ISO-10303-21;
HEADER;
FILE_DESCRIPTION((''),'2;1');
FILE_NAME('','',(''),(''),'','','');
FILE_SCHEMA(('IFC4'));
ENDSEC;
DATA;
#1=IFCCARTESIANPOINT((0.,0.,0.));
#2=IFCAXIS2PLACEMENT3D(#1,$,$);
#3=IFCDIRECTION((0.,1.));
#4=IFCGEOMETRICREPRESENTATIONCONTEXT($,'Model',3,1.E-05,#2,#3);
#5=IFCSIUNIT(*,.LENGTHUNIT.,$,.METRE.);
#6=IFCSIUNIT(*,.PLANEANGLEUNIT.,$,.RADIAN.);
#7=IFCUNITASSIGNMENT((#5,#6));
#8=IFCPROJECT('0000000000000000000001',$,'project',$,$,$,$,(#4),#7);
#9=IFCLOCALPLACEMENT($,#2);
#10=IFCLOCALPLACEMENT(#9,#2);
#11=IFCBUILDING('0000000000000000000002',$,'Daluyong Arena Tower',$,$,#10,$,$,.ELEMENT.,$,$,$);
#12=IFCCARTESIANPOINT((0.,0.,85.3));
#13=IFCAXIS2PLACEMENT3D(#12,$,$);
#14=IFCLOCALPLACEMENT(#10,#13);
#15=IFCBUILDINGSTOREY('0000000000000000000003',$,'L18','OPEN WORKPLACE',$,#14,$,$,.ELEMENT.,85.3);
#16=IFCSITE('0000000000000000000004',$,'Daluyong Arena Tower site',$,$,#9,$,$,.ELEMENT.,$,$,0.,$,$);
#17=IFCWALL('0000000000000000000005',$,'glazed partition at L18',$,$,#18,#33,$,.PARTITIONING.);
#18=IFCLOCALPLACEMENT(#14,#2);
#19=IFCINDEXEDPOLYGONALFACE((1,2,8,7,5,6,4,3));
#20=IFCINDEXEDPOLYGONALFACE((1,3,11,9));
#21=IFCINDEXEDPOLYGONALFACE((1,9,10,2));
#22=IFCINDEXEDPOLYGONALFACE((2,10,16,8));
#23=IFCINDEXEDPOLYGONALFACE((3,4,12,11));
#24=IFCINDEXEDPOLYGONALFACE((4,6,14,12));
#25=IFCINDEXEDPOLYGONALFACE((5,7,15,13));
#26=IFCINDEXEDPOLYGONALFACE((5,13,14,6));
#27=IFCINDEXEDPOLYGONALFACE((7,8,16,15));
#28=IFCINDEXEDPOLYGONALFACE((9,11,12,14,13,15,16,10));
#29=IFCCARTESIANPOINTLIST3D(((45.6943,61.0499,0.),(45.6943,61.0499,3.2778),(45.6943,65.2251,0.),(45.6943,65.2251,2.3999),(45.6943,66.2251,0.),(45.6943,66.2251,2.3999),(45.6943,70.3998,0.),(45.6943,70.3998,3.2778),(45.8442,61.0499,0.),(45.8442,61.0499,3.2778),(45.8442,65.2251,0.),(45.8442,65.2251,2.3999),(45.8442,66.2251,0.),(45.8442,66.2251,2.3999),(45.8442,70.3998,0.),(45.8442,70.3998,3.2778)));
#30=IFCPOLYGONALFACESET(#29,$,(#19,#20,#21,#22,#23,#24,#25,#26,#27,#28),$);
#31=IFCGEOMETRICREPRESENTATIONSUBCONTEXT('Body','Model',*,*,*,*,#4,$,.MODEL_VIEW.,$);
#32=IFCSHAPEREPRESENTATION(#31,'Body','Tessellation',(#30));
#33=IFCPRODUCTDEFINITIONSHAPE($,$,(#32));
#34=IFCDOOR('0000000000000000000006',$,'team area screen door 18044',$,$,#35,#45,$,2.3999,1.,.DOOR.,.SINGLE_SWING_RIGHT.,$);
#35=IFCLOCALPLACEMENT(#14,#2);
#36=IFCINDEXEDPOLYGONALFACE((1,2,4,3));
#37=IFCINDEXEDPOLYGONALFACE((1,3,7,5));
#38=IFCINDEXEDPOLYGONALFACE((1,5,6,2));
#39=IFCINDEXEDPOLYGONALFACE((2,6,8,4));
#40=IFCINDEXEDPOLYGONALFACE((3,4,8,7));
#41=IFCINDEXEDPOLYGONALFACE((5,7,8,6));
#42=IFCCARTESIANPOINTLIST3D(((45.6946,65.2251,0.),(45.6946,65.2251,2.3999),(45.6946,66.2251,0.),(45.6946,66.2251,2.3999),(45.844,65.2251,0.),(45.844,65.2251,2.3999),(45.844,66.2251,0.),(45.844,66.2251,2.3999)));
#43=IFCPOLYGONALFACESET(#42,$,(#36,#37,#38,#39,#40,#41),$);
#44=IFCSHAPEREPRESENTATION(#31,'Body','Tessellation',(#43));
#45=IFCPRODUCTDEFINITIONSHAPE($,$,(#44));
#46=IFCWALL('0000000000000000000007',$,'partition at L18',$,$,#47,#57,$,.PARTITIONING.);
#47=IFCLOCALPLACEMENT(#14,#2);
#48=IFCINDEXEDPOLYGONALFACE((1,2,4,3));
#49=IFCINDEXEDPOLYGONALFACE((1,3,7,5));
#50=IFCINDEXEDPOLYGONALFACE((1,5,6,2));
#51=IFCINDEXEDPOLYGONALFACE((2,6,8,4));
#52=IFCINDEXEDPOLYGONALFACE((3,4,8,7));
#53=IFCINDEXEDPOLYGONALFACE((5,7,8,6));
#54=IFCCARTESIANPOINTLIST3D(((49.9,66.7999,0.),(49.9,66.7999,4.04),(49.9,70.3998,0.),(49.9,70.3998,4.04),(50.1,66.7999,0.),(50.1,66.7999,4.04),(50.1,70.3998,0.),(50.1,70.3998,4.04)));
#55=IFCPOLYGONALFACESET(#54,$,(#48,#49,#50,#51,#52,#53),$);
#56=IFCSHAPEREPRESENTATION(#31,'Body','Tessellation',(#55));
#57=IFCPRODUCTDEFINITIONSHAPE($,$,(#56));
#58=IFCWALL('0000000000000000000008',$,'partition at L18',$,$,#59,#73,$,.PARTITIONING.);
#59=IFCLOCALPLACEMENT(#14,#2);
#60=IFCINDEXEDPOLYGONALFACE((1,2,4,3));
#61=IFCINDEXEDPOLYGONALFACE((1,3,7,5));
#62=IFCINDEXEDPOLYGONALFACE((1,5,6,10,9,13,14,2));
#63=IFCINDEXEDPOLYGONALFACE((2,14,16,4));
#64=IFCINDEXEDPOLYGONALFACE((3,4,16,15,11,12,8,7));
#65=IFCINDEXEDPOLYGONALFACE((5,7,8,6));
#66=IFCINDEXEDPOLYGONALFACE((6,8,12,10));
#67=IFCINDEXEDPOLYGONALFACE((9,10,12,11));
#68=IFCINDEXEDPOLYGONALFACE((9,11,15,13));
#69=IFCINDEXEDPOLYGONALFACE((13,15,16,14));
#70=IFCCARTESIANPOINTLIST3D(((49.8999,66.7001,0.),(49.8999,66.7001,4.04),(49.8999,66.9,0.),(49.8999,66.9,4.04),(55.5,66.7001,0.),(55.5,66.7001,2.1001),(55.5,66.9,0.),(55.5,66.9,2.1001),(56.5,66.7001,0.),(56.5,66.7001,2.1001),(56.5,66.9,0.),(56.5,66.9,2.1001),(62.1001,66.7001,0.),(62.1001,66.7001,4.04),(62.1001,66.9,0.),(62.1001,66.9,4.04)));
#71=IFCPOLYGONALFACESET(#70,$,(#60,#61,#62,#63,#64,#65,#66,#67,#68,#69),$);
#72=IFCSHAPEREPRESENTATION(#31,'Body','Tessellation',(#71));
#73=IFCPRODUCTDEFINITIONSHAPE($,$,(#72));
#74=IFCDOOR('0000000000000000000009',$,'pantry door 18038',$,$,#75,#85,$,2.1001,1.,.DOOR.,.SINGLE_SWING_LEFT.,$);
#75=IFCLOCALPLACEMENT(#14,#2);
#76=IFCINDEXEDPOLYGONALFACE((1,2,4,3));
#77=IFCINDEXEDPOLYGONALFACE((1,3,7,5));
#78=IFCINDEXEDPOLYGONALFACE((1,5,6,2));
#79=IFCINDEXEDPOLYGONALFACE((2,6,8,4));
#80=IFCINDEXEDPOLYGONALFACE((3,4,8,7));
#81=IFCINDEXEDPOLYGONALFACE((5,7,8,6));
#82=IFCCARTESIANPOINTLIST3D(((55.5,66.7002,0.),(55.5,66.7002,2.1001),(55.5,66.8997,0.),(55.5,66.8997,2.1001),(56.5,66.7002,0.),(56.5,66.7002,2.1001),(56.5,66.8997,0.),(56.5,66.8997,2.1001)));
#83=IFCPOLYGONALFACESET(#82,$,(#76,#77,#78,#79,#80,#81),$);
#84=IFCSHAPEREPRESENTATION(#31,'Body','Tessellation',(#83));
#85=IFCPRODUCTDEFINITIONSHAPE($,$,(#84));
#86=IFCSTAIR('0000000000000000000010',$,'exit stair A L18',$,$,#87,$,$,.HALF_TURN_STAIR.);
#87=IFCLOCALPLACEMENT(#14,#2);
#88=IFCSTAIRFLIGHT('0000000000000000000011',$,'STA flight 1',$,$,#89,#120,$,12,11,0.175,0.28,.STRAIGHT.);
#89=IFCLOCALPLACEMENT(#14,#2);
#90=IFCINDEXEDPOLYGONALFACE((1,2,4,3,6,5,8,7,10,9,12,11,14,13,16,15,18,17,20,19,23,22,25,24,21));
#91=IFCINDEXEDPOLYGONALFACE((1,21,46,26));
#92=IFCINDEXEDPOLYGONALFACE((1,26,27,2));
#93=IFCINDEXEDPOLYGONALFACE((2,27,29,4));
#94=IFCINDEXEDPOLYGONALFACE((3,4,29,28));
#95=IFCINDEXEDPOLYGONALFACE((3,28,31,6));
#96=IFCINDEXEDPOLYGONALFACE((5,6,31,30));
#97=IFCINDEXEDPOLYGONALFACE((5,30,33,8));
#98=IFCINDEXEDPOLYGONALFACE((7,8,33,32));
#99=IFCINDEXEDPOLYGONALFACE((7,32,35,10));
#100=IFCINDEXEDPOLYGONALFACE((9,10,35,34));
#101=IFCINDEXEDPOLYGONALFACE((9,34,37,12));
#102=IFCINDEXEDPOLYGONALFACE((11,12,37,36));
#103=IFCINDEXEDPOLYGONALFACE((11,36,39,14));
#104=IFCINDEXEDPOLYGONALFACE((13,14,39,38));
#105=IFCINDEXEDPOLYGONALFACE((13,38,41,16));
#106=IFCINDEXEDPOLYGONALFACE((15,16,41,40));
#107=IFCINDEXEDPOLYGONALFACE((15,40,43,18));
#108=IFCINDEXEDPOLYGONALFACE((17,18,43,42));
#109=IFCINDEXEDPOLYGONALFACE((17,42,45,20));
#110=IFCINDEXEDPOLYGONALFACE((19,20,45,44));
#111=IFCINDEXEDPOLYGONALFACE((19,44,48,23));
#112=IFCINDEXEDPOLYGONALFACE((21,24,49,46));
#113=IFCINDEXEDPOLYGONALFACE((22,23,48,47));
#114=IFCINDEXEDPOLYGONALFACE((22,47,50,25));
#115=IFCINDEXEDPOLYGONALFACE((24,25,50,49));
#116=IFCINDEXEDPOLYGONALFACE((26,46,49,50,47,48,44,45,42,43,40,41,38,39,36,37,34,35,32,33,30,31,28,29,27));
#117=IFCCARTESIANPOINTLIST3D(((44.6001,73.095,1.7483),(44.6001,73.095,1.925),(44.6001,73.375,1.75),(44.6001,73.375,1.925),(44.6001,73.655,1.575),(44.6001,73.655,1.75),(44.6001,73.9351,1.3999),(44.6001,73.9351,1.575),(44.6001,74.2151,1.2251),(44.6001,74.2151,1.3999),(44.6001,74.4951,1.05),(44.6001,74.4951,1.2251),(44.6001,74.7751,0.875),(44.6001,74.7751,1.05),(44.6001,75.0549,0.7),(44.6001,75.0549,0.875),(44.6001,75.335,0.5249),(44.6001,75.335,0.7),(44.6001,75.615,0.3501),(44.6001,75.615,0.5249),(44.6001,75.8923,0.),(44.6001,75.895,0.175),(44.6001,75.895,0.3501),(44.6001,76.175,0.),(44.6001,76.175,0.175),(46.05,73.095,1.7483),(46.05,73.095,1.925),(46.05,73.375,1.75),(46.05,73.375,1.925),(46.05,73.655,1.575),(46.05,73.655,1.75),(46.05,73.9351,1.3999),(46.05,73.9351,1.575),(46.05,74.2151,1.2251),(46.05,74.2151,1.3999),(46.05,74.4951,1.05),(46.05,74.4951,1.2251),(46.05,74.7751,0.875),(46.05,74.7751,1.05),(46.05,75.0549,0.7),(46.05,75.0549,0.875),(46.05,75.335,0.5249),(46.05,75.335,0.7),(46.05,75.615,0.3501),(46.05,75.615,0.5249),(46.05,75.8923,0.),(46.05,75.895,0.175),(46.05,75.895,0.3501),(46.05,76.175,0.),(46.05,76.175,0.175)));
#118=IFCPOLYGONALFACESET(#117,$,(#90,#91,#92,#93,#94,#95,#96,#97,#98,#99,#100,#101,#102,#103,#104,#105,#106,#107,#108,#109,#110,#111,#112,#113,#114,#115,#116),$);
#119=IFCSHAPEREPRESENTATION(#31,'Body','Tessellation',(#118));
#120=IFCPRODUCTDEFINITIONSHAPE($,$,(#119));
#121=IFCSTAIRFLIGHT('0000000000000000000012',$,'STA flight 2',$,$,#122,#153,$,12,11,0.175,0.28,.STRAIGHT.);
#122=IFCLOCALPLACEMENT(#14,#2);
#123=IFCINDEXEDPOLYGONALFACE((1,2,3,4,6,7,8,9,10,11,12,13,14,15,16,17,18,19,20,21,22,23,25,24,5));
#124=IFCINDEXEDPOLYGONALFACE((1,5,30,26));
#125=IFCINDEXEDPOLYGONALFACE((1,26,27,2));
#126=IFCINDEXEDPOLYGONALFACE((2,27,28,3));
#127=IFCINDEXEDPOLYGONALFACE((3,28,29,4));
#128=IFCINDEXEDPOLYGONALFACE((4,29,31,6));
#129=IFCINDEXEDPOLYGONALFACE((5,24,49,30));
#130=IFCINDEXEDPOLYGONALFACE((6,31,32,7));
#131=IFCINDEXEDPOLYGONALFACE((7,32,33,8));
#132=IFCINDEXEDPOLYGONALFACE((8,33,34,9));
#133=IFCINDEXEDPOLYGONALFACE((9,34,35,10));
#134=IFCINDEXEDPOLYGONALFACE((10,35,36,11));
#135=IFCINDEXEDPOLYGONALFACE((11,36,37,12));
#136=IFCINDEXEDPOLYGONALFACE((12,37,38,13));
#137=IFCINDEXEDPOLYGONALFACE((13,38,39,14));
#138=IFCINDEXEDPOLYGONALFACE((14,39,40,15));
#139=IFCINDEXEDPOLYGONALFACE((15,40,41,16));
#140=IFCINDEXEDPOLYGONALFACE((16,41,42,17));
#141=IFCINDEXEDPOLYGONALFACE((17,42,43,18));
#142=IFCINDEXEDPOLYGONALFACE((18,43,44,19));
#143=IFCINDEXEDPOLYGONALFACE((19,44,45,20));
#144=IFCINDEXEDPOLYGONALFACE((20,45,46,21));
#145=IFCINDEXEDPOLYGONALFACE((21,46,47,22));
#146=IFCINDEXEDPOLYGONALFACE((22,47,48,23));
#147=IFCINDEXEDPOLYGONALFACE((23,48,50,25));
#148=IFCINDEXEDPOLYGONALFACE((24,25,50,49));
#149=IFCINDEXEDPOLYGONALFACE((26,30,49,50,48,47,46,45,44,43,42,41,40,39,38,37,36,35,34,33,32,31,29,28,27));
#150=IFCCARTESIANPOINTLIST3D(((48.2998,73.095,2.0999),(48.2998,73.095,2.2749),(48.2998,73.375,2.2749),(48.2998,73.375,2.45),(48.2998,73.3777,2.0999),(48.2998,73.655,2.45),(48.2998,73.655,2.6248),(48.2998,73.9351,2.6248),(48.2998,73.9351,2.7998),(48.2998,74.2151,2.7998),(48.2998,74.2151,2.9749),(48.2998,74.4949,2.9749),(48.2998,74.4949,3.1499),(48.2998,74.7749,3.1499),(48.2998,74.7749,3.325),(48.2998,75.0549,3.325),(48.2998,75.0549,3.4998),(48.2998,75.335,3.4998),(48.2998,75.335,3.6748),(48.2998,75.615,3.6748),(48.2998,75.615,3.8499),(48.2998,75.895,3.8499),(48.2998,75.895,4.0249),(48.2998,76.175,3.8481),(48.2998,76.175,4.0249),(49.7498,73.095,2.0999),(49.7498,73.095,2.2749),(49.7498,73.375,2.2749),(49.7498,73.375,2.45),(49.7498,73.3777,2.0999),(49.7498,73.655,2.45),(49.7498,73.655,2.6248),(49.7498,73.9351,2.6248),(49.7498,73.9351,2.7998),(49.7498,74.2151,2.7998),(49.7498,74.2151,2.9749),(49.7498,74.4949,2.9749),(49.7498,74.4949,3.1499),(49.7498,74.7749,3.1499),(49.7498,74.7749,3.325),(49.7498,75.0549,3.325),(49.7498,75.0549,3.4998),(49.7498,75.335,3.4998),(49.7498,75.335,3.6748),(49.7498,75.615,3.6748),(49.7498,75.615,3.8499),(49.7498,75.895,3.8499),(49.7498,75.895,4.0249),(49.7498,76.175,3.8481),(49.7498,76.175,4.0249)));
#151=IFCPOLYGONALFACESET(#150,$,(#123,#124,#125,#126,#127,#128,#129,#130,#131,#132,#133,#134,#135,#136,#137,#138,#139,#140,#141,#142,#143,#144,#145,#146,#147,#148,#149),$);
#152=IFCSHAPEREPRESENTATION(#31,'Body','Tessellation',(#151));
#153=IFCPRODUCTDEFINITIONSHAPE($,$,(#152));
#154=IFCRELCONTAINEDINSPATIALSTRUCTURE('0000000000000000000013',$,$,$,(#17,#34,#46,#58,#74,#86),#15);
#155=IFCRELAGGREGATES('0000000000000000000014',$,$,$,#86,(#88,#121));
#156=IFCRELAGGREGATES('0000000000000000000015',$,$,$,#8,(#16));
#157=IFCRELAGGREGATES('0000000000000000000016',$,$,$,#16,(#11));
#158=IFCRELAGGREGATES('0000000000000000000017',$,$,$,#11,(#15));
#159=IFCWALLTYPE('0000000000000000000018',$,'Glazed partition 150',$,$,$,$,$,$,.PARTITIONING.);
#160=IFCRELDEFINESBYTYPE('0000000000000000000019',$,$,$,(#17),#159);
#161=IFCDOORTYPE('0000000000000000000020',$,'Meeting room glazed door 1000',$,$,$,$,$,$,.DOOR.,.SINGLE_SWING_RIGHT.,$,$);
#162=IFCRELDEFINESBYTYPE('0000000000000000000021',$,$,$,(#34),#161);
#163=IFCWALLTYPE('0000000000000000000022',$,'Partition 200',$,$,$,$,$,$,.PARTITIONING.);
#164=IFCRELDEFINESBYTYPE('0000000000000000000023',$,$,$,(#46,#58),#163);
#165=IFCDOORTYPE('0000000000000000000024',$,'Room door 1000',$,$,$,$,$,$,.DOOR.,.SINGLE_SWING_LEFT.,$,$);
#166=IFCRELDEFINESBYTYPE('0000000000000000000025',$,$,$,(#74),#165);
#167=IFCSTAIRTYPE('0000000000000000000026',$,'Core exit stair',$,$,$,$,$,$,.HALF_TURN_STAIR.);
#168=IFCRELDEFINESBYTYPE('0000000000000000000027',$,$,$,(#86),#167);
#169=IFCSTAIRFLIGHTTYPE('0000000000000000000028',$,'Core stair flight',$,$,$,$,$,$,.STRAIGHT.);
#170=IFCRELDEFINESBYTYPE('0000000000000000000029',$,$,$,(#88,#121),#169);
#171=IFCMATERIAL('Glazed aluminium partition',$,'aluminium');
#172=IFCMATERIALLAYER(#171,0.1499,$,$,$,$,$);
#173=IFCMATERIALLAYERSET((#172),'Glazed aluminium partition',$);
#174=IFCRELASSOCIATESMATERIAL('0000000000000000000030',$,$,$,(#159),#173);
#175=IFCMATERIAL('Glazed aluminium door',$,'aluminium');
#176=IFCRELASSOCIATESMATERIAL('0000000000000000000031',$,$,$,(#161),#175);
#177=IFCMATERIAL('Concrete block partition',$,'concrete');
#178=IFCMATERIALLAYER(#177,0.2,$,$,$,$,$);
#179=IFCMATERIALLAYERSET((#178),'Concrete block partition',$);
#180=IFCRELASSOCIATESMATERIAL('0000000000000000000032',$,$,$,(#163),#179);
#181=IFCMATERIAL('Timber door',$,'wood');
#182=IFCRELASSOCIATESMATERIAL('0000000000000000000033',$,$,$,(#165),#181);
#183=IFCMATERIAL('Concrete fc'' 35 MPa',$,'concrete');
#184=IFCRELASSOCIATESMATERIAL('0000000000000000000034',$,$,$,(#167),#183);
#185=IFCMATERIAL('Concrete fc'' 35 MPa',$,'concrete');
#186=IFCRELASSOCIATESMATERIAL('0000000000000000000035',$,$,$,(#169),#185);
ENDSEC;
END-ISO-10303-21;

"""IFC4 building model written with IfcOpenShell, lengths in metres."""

from ifc_helpers import new_model, si_unit, direction, frame, frame_2d, origin, place, context, subcontext, project, spatial, polyline, rectangle, outline, extrude, material, layer, layer_set, type_object, element, fill, aggregate, save


model = new_model("IFC4")

# Units and contexts
model_context = context("Model", 3, precision=1e-05, world=origin(), true_north=direction((0.0, 1.0)))
body_context = subcontext(model_context, "Body", "Model", "MODEL_VIEW")
ifc_project = project(units=[si_unit("LENGTHUNIT", "METRE"), si_unit("PLANEANGLEUNIT", "RADIAN")], contexts=[model_context])

# Site, building, storey
site_placement = place(None, origin())
site = spatial("IfcSite", under=ifc_project, at=site_placement, Name="Daluyong Arena Tower site", CompositionType="ELEMENT", RefElevation=0.0)
building_placement = place(site_placement, origin())
building = spatial("IfcBuilding", under=site, at=building_placement, Name="Daluyong Arena Tower", CompositionType="ELEMENT")
storey_placement = place(building_placement, frame((0.0, 0.0, 85.3)))
storey = spatial("IfcBuildingStorey", under=building, at=storey_placement, Name="L18", Description="OPEN WORKPLACE", CompositionType="ELEMENT", Elevation=85.3)

# Shared definitions
ifc_material_1 = material(Name="Glazed aluminium partition", Category="aluminium")
ifc_layer_1 = layer(ifc_material_1, 0.1499)
ifc_layer_set_1 = layer_set([ifc_layer_1], Name="Glazed aluminium partition")
wall_type_1 = type_object("IfcWallType", Name="Glazed partition 150", PredefinedType="PARTITIONING", material=ifc_layer_set_1)
ifc_material_2 = material(Name="Glazed aluminium door", Category="aluminium")
door_type_1 = type_object("IfcDoorType", Name="Meeting room glazed door 1000", OperationType="SINGLE_SWING_RIGHT", PredefinedType="DOOR", material=ifc_material_2)

# Wall, opening, door
wall_1_placement = place(storey_placement, frame((45.7693, 61.05, 0.0), z_axis=(0.0, 0.0, 1.0), x_axis=(0.0, 1.0, 0.0)))
wall_1 = element("IfcWall", 1, at=wall_1_placement, inside=storey, type_object=wall_type_1, Name="glazed partition at L18", PredefinedType="PARTITIONING", context=body_context, shape_type="SweptSolid", body=[
    extrude(rectangle(XDim=9.3499, YDim=0.1499, at=frame_2d((4.6748, 0.0))), origin(), (0.0, 0.0, 1.0), 3.2778),
])
opening_1_placement = place(wall_1_placement, frame((4.175, 0.0, 0.0)))
opening_1 = element("IfcOpeningElement", 2, at=opening_1_placement, cuts=wall_1, PredefinedType="OPENING", context=body_context, shape_type="SweptSolid", body=[
    extrude(rectangle(XDim=1.0, YDim=2.3999, at=frame_2d((0.5, 1.2))), frame((0.0, 0.085, 0.0), z_axis=(0.0, -1.0, 0.0), x_axis=(1.0, 0.0, 0.0)), (0.0, 0.0, 1.0), 0.1699),
])
door_1_placement = place(opening_1_placement, origin())
door_1 = element("IfcDoor", 3, at=door_1_placement, inside=storey, type_object=door_type_1, Name="team area screen door 18044", OperationType="SINGLE_SWING_RIGHT", OverallHeight=2.3999, OverallWidth=1.0, PredefinedType="DOOR", context=body_context, shape_type="SweptSolid", body=[
    extrude(rectangle(XDim=1.0, YDim=2.3999, at=frame_2d((0.5, 1.2))), frame((0.0, 0.0747, 0.0), z_axis=(0.0, -1.0, 0.0), x_axis=(1.0, 0.0, 0.0)), (0.0, 0.0, 1.0), 0.1494),
])
fill(opening_1, door_1)

# Wall
ifc_material_3 = material(Name="Concrete block partition", Category="concrete")
ifc_layer_2 = layer(ifc_material_3, 0.2)
ifc_layer_set_2 = layer_set([ifc_layer_2], Name="Concrete block partition")
wall_type_2 = type_object("IfcWallType", Name="Partition 200", PredefinedType="PARTITIONING", material=ifc_layer_set_2)
wall_2_placement = place(storey_placement, frame((50.0, 66.8, 0.0), z_axis=(0.0, 0.0, 1.0), x_axis=(0.0, 1.0, 0.0)))
element("IfcWall", 4, at=wall_2_placement, inside=storey, type_object=wall_type_2, Name="partition at L18", PredefinedType="PARTITIONING", context=body_context, shape_type="SweptSolid", body=[
    extrude(rectangle(XDim=3.5999, YDim=0.2, at=frame_2d((1.7998, 0.0))), origin(), (0.0, 0.0, 1.0), 4.04),
])

# Wall, opening, door
wall_3_placement = place(storey_placement, frame((49.8999, 66.8, 0.0), z_axis=(0.0, 0.0, 1.0), x_axis=(1.0, 0.0, 0.0)))
wall_3 = element("IfcWall", 5, at=wall_3_placement, inside=storey, type_object=wall_type_2, Name="partition at L18", PredefinedType="PARTITIONING", context=body_context, shape_type="SweptSolid", body=[
    extrude(rectangle(XDim=12.2002, YDim=0.2, at=frame_2d((6.1001, 0.0))), origin(), (0.0, 0.0, 1.0), 4.04),
])
opening_2_placement = place(wall_3_placement, frame((5.6001, 0.0, 0.0)))
opening_2 = element("IfcOpeningElement", 6, at=opening_2_placement, cuts=wall_3, PredefinedType="OPENING", context=body_context, shape_type="SweptSolid", body=[
    extrude(rectangle(XDim=1.0, YDim=2.1001, at=frame_2d((0.5, 1.05))), frame((0.0, 0.1099, 0.0), z_axis=(0.0, -1.0, 0.0), x_axis=(1.0, 0.0, 0.0)), (0.0, 0.0, 1.0), 0.22),
])
ifc_material_4 = material(Name="Timber door", Category="wood")
door_type_2 = type_object("IfcDoorType", Name="Room door 1000", OperationType="SINGLE_SWING_LEFT", PredefinedType="DOOR", material=ifc_material_4)
door_2_placement = place(opening_2_placement, origin())
door_2 = element("IfcDoor", 7, at=door_2_placement, inside=storey, type_object=door_type_2, Name="pantry door 18038", OperationType="SINGLE_SWING_LEFT", OverallHeight=2.1001, OverallWidth=1.0, PredefinedType="DOOR", context=body_context, shape_type="SweptSolid", body=[
    extrude(rectangle(XDim=1.0, YDim=2.1001, at=frame_2d((0.5, 1.05))), frame((0.0, 0.0996, 0.0), z_axis=(0.0, -1.0, 0.0), x_axis=(1.0, 0.0, 0.0)), (0.0, 0.0, 1.0), 0.1995),
])
fill(opening_2, door_2)

# Stair, stair flights
ifc_material_5 = material(Name="Concrete fc' 35 MPa", Category="concrete")
stair_type = type_object("IfcStairType", Name="Core exit stair", PredefinedType="HALF_TURN_STAIR", material=ifc_material_5)
stair_placement = place(storey_placement, origin())
stair = element("IfcStair", 8, at=stair_placement, inside=storey, type_object=stair_type, Name="exit stair A L18", PredefinedType="HALF_TURN_STAIR")
ifc_material_6 = material(Name="Concrete fc' 35 MPa", Category="concrete")
stair_flight_type = type_object("IfcStairFlightType", Name="Core stair flight", PredefinedType="STRAIGHT", material=ifc_material_6)
stair_flight_1_placement = place(storey_placement, frame((45.325, 76.175, 0.0), z_axis=(0.0, 0.0, 1.0), x_axis=(0.0, -1.0, 0.0)))
stair_flight_1 = element("IfcStairFlight", 9, at=stair_flight_1_placement, type_object=stair_flight_type, Name="STA flight 1", NumberOfRisers=12, NumberOfTreads=11, PredefinedType="STRAIGHT", RiserHeight=0.175, TreadLength=0.28, context=body_context, shape_type="SweptSolid", body=[
    extrude(outline(polyline([(0.0, 0.0), (0.0, 0.175), (0.28, 0.175), (0.28, 0.3501), (0.5601, 0.3501), (0.5601, 0.5249), (0.8401, 0.5249), (0.8401, 0.7), (1.1201, 0.7), (1.1201, 0.875), (1.3999, 0.875), (1.3999, 1.05), (1.6799, 1.05), (1.6799, 1.2251), (1.96, 1.2251), (1.96, 1.3999), (2.24, 1.3999), (2.24, 1.575), (2.52, 1.575), (2.52, 1.75), (2.8, 1.75), (2.8, 1.925), (3.0801, 1.925), (3.0801, 2.1001), (3.0801, 1.7483), (0.2827, 0.0), (0.0, 0.0)])), frame((0.0, 0.7251, 0.0), z_axis=(0.0, -1.0, 0.0), x_axis=(1.0, 0.0, 0.0)), (0.0, 0.0, 1.0), 1.45),
])
stair_flight_2_placement = place(storey_placement, frame((49.0249, 73.095, 2.0999), z_axis=(0.0, 0.0, 1.0), x_axis=(0.0, 1.0, 0.0)))
stair_flight_2 = element("IfcStairFlight", 10, at=stair_flight_2_placement, type_object=stair_flight_type, Name="STA flight 2", NumberOfRisers=12, NumberOfTreads=11, PredefinedType="STRAIGHT", RiserHeight=0.175, TreadLength=0.28, context=body_context, shape_type="SweptSolid", body=[
    extrude(outline(polyline([(0.0, 0.0), (0.0, 0.175), (0.28, 0.175), (0.28, 0.3501), (0.5601, 0.3501), (0.5601, 0.5249), (0.8401, 0.5249), (0.8401, 0.7), (1.1201, 0.7), (1.1201, 0.875), (1.3999, 0.875), (1.3999, 1.05), (1.6799, 1.05), (1.6799, 1.2251), (1.96, 1.2251), (1.96, 1.3999), (2.24, 1.3999), (2.24, 1.575), (2.52, 1.575), (2.52, 1.75), (2.8, 1.75), (2.8, 1.925), (3.0801, 1.925), (3.0801, 2.1001), (3.0801, 1.7483), (0.2827, 0.0), (0.0, 0.0)])), frame((0.0, 0.7251, 0.0), z_axis=(0.0, -1.0, 0.0), x_axis=(1.0, 0.0, 0.0)), (0.0, 0.0, 1.0), 1.45),
])
aggregate(stair, [stair_flight_1, stair_flight_2])

save(model, "model.ifc")
